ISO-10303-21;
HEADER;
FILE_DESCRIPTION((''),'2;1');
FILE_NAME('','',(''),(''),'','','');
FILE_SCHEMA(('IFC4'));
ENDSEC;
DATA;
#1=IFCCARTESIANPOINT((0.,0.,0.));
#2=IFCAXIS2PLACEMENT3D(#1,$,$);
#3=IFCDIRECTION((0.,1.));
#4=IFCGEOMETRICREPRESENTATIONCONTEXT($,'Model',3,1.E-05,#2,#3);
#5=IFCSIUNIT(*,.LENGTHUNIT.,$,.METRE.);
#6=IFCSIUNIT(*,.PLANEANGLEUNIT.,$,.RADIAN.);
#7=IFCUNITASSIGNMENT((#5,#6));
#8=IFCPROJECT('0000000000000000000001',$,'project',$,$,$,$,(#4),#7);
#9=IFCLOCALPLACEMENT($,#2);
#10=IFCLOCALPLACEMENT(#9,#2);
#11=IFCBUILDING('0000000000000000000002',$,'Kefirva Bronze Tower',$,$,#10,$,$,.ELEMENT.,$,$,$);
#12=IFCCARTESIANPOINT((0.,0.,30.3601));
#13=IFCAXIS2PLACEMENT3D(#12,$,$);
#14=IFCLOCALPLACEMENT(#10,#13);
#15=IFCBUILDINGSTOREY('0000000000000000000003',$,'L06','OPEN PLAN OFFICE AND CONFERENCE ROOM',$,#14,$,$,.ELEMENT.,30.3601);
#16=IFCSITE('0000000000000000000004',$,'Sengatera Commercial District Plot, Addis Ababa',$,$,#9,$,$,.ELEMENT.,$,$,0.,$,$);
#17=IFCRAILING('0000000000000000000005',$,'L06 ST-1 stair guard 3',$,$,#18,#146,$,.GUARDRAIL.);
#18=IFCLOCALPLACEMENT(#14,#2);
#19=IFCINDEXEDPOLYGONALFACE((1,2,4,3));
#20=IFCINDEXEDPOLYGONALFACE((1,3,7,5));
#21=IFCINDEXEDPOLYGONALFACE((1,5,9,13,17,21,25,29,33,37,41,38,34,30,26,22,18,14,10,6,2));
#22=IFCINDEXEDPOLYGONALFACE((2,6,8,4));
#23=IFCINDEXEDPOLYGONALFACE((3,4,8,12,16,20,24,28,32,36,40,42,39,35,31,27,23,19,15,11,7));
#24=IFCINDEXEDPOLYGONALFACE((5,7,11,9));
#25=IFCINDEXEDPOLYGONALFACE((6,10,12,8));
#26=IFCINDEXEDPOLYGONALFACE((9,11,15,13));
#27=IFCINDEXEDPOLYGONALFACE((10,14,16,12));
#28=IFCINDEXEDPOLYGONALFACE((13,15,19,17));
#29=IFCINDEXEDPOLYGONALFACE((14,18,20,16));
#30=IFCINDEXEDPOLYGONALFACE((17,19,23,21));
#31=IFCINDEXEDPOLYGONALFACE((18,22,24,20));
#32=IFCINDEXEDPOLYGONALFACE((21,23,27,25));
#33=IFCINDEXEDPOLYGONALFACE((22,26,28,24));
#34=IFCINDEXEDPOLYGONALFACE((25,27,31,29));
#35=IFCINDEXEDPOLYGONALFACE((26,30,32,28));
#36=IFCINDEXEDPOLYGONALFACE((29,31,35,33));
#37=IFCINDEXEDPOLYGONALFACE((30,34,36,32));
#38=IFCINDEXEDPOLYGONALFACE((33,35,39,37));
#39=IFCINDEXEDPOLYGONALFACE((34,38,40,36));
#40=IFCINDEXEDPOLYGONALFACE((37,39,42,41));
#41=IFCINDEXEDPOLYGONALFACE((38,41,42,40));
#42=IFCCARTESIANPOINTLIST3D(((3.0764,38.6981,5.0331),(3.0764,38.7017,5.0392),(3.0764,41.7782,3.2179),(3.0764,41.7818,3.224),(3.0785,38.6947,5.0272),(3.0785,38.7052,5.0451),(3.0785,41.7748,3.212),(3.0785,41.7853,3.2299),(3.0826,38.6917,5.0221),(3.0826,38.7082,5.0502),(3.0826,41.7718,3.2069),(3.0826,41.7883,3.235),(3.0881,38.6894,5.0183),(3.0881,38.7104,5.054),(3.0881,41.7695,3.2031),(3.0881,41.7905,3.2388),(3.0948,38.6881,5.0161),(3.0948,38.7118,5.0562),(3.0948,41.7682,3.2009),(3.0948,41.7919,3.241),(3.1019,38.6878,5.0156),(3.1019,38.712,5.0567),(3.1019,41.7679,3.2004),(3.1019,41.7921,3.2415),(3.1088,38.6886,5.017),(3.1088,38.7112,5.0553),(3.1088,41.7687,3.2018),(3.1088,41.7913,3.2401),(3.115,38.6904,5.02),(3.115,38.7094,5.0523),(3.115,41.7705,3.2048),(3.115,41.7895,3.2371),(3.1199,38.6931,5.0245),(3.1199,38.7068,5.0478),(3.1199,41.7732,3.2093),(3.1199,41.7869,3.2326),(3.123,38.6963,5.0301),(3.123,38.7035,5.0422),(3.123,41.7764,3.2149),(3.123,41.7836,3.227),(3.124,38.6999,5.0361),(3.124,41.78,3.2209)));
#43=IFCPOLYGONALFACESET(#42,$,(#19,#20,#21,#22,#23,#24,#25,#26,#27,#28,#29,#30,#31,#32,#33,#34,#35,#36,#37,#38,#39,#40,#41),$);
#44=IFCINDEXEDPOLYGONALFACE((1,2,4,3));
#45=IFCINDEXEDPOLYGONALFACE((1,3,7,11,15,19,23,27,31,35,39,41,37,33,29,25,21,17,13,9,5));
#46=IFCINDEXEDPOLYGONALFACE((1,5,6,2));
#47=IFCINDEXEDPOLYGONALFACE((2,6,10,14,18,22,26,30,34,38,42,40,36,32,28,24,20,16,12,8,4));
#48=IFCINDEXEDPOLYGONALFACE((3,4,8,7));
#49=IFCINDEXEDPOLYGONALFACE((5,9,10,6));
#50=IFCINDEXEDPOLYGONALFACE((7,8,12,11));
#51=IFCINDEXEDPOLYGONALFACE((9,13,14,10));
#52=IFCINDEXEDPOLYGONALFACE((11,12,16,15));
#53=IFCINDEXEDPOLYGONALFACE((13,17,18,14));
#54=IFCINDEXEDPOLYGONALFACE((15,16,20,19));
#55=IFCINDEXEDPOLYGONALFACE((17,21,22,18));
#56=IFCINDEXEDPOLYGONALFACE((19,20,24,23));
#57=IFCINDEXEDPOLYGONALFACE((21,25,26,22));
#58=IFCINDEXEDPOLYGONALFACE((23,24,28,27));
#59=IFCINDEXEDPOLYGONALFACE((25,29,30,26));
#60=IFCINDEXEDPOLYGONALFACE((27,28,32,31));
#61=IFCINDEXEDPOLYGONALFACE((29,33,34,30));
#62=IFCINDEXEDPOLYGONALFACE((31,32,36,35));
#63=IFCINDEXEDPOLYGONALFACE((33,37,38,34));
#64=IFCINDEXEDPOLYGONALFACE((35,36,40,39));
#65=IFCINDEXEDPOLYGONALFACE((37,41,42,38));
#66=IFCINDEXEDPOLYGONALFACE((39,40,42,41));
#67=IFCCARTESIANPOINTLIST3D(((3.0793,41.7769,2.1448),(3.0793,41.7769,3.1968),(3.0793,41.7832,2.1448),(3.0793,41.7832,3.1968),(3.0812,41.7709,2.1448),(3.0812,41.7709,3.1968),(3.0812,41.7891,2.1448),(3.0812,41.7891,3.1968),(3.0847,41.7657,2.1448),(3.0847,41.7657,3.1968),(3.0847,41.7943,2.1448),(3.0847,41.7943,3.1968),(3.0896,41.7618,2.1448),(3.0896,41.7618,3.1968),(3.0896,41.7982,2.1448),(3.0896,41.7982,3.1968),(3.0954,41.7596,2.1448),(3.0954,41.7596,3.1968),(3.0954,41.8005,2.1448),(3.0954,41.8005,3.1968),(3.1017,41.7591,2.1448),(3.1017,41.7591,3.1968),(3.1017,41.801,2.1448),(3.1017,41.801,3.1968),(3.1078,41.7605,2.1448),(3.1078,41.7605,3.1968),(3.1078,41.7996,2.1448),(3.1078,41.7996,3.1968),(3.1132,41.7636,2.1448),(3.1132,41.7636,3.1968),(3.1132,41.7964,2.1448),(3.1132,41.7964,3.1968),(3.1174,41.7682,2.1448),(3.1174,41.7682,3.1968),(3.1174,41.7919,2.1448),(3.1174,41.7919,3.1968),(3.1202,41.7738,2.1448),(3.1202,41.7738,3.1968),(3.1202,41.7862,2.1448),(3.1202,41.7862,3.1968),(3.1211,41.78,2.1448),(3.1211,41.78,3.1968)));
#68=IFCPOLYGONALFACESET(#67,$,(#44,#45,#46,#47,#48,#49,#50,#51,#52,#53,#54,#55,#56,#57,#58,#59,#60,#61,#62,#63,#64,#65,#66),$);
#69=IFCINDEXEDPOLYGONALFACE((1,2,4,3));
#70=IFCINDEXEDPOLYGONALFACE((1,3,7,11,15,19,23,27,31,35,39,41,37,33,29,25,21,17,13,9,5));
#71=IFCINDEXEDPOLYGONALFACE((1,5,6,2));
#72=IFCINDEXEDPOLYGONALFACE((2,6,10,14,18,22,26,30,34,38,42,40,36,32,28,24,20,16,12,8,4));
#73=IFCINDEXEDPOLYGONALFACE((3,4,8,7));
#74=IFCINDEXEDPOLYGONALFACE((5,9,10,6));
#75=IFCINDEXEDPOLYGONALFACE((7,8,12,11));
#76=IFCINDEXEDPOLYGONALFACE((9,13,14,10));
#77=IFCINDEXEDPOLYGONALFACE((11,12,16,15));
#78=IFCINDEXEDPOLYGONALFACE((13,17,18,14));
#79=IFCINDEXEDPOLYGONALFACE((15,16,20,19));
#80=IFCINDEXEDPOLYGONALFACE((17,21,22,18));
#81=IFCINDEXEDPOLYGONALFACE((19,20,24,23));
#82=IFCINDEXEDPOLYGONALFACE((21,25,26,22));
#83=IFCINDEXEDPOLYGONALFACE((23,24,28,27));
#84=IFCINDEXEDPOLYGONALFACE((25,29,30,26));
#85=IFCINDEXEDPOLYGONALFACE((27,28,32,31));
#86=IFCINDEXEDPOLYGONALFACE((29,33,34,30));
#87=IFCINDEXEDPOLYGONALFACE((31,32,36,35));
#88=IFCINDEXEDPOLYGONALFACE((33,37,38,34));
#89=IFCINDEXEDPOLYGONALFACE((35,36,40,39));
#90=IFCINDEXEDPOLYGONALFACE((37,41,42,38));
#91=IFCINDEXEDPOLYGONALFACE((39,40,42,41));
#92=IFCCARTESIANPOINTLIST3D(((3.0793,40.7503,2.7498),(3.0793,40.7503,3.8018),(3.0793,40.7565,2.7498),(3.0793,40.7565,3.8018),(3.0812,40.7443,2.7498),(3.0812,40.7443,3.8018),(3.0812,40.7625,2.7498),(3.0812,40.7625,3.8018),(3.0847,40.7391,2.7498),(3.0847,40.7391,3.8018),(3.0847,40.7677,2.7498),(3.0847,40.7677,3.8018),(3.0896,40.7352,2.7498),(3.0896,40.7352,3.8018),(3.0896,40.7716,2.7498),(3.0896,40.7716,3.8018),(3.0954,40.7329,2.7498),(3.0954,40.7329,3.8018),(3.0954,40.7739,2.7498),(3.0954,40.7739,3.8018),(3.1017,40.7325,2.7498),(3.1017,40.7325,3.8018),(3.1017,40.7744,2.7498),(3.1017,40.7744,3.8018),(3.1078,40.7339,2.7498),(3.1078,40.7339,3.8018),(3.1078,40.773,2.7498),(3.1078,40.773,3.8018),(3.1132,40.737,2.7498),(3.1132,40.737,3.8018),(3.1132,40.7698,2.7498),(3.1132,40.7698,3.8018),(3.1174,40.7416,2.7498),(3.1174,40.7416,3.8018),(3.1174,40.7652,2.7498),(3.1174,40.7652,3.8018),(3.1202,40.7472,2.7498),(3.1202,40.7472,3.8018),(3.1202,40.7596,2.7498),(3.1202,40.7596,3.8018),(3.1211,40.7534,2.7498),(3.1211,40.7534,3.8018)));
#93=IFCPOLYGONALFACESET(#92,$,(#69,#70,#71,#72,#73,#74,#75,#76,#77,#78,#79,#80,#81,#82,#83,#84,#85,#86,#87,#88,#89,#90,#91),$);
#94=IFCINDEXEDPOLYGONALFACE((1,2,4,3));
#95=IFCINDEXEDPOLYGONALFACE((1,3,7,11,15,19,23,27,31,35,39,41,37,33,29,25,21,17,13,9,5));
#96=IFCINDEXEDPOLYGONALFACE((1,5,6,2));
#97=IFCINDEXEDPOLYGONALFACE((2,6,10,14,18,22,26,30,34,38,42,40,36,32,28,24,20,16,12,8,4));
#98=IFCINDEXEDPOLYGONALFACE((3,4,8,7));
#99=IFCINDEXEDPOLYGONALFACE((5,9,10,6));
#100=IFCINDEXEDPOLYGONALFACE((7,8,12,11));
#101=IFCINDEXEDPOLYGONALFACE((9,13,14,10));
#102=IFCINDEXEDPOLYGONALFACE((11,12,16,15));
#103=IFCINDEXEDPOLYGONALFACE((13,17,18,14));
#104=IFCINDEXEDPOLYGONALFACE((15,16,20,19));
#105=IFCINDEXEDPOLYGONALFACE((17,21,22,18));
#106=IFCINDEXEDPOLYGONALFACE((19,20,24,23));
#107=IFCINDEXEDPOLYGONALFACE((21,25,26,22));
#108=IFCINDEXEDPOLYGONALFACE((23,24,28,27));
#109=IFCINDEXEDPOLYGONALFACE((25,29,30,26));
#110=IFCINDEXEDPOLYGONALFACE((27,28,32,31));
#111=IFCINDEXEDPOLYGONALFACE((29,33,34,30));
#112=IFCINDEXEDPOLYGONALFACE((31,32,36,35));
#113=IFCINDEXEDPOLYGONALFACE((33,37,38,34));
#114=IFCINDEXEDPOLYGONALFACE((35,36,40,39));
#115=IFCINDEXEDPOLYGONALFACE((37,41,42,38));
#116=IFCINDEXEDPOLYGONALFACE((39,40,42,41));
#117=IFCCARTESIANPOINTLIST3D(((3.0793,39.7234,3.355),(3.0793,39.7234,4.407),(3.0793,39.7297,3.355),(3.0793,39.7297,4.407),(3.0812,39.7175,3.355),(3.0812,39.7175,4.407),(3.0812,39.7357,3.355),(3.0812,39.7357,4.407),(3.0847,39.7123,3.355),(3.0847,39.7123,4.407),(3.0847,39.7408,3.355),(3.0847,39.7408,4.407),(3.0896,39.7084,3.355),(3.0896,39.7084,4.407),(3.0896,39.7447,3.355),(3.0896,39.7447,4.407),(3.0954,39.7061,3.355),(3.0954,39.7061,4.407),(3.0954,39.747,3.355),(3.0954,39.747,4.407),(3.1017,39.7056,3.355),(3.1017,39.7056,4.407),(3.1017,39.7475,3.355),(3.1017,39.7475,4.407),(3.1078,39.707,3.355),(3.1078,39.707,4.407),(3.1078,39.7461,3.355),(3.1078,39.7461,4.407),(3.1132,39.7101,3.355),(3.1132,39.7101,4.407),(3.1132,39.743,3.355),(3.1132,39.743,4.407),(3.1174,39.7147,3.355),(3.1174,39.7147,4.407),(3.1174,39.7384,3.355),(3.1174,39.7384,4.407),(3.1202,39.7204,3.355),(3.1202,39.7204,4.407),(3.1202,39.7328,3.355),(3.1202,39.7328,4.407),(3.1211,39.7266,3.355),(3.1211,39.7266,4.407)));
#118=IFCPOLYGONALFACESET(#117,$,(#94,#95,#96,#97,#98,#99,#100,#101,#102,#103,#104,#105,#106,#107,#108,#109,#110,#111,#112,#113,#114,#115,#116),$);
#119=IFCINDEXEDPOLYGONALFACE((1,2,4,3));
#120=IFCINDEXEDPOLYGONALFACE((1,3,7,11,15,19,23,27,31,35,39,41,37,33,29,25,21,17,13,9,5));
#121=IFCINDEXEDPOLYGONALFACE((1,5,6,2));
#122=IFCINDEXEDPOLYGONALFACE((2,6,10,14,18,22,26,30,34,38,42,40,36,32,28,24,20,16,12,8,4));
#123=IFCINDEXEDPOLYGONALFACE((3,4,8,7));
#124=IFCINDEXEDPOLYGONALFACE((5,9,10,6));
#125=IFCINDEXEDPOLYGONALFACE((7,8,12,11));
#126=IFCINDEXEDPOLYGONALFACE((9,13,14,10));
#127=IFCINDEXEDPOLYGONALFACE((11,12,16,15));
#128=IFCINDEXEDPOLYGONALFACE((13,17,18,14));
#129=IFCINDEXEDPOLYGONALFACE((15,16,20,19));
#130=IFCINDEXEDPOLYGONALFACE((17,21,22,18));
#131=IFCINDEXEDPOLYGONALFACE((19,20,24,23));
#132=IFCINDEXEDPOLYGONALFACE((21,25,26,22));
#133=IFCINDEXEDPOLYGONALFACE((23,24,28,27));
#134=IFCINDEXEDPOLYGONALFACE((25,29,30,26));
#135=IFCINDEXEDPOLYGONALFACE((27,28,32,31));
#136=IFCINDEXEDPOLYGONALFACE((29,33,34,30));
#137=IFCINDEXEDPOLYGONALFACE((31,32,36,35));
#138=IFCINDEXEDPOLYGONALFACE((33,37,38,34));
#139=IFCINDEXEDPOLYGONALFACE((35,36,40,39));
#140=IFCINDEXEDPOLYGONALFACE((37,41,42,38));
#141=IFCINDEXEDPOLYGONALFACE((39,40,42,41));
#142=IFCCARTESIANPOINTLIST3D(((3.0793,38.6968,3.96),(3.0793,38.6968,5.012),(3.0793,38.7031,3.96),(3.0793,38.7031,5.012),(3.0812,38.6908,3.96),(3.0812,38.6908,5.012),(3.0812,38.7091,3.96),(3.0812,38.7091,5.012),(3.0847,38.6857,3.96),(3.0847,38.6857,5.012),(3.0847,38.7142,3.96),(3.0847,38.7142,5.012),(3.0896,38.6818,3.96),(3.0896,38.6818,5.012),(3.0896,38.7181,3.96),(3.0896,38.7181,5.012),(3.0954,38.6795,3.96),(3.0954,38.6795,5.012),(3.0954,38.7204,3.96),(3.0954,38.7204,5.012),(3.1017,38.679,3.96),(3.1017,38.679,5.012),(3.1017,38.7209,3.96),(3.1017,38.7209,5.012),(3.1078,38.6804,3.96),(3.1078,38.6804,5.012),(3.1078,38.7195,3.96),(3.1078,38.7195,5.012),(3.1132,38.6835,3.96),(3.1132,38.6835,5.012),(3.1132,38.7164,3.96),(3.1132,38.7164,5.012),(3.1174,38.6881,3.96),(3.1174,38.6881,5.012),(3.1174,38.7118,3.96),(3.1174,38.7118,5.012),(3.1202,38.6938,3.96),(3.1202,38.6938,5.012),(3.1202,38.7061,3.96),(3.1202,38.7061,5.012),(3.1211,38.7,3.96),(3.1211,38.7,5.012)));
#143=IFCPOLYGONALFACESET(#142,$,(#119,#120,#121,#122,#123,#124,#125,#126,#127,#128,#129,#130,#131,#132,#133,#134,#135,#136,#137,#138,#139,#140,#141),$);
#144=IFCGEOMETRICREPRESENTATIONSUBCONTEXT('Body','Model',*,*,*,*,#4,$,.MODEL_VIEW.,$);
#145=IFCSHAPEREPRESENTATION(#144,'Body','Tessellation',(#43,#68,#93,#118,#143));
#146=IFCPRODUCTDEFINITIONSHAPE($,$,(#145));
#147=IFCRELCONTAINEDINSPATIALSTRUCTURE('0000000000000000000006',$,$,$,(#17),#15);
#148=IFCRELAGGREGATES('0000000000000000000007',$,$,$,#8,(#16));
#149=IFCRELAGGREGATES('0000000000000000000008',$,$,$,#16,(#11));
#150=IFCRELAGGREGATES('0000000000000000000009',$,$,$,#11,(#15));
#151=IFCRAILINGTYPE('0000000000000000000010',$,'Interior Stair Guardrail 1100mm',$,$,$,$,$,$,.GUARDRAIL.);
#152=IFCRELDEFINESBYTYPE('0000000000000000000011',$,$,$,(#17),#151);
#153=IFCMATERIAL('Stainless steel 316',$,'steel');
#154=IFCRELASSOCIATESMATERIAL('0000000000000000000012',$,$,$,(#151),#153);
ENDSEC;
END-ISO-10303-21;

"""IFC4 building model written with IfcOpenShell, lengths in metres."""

from ifc_helpers import new_model, si_unit, direction, frame, origin, origin_2d, place, context, subcontext, project, spatial, circle, extrude, material, type_object, element, save


model = new_model("IFC4")

# Units and contexts
model_context = context("Model", 3, precision=1e-05, world=origin(), true_north=direction((0.0, 1.0)))
body_context = subcontext(model_context, "Body", "Model", "MODEL_VIEW")
ifc_project = project(units=[si_unit("LENGTHUNIT", "METRE"), si_unit("PLANEANGLEUNIT", "RADIAN")], contexts=[model_context])

# Site, building, storey
site_placement = place(None, origin())
site = spatial("IfcSite", under=ifc_project, at=site_placement, Name="Sengatera Commercial District Plot, Addis Ababa", CompositionType="ELEMENT", RefElevation=0.0)
building_placement = place(site_placement, origin())
building = spatial("IfcBuilding", under=site, at=building_placement, Name="Kefirva Bronze Tower", CompositionType="ELEMENT")
storey_placement = place(building_placement, frame((0.0, 0.0, 30.3601)))
storey = spatial("IfcBuildingStorey", under=building, at=storey_placement, Name="L06", Description="OPEN PLAN OFFICE AND CONFERENCE ROOM", CompositionType="ELEMENT", Elevation=30.3601)

# Railing
ifc_material_1 = material(Name="Stainless steel 316", Category="steel")
railing_type_1 = type_object("IfcRailingType", Name="Interior Stair Guardrail 1100mm", PredefinedType="GUARDRAIL", material=ifc_material_1)
railing_1_placement = place(storey_placement, frame((3.1001, 41.78, 2.1448)))
element("IfcRailing", 1, at=railing_1_placement, inside=storey, type_object=railing_type_1, Name="L06 ST-1 stair guard 3", PredefinedType="GUARDRAIL", context=body_context, shape_type="SweptSolid", body=[
    extrude(circle(Radius=0.0239, at=origin_2d()), frame((0.0, 0.0, 1.0762), z_axis=(0.0, -0.861521, 0.507721), x_axis=(1.0, 0.0, 0.0)), (0.0, 0.0, 1.0), 3.5752),
    extrude(circle(Radius=0.021, at=origin_2d()), origin(), (0.0, 0.0, 1.0), 1.052),
    extrude(circle(Radius=0.021, at=origin_2d()), frame((0.0, -1.0266, 0.605)), (0.0, 0.0, 1.0), 1.052),
    extrude(circle(Radius=0.021, at=origin_2d()), frame((0.0, -2.0535, 1.2102)), (0.0, 0.0, 1.0), 1.052),
    extrude(circle(Radius=0.021, at=origin_2d()), frame((0.0, -3.0801, 1.8152)), (0.0, 0.0, 1.0), 1.052),
])

save(model, "model.ifc")
